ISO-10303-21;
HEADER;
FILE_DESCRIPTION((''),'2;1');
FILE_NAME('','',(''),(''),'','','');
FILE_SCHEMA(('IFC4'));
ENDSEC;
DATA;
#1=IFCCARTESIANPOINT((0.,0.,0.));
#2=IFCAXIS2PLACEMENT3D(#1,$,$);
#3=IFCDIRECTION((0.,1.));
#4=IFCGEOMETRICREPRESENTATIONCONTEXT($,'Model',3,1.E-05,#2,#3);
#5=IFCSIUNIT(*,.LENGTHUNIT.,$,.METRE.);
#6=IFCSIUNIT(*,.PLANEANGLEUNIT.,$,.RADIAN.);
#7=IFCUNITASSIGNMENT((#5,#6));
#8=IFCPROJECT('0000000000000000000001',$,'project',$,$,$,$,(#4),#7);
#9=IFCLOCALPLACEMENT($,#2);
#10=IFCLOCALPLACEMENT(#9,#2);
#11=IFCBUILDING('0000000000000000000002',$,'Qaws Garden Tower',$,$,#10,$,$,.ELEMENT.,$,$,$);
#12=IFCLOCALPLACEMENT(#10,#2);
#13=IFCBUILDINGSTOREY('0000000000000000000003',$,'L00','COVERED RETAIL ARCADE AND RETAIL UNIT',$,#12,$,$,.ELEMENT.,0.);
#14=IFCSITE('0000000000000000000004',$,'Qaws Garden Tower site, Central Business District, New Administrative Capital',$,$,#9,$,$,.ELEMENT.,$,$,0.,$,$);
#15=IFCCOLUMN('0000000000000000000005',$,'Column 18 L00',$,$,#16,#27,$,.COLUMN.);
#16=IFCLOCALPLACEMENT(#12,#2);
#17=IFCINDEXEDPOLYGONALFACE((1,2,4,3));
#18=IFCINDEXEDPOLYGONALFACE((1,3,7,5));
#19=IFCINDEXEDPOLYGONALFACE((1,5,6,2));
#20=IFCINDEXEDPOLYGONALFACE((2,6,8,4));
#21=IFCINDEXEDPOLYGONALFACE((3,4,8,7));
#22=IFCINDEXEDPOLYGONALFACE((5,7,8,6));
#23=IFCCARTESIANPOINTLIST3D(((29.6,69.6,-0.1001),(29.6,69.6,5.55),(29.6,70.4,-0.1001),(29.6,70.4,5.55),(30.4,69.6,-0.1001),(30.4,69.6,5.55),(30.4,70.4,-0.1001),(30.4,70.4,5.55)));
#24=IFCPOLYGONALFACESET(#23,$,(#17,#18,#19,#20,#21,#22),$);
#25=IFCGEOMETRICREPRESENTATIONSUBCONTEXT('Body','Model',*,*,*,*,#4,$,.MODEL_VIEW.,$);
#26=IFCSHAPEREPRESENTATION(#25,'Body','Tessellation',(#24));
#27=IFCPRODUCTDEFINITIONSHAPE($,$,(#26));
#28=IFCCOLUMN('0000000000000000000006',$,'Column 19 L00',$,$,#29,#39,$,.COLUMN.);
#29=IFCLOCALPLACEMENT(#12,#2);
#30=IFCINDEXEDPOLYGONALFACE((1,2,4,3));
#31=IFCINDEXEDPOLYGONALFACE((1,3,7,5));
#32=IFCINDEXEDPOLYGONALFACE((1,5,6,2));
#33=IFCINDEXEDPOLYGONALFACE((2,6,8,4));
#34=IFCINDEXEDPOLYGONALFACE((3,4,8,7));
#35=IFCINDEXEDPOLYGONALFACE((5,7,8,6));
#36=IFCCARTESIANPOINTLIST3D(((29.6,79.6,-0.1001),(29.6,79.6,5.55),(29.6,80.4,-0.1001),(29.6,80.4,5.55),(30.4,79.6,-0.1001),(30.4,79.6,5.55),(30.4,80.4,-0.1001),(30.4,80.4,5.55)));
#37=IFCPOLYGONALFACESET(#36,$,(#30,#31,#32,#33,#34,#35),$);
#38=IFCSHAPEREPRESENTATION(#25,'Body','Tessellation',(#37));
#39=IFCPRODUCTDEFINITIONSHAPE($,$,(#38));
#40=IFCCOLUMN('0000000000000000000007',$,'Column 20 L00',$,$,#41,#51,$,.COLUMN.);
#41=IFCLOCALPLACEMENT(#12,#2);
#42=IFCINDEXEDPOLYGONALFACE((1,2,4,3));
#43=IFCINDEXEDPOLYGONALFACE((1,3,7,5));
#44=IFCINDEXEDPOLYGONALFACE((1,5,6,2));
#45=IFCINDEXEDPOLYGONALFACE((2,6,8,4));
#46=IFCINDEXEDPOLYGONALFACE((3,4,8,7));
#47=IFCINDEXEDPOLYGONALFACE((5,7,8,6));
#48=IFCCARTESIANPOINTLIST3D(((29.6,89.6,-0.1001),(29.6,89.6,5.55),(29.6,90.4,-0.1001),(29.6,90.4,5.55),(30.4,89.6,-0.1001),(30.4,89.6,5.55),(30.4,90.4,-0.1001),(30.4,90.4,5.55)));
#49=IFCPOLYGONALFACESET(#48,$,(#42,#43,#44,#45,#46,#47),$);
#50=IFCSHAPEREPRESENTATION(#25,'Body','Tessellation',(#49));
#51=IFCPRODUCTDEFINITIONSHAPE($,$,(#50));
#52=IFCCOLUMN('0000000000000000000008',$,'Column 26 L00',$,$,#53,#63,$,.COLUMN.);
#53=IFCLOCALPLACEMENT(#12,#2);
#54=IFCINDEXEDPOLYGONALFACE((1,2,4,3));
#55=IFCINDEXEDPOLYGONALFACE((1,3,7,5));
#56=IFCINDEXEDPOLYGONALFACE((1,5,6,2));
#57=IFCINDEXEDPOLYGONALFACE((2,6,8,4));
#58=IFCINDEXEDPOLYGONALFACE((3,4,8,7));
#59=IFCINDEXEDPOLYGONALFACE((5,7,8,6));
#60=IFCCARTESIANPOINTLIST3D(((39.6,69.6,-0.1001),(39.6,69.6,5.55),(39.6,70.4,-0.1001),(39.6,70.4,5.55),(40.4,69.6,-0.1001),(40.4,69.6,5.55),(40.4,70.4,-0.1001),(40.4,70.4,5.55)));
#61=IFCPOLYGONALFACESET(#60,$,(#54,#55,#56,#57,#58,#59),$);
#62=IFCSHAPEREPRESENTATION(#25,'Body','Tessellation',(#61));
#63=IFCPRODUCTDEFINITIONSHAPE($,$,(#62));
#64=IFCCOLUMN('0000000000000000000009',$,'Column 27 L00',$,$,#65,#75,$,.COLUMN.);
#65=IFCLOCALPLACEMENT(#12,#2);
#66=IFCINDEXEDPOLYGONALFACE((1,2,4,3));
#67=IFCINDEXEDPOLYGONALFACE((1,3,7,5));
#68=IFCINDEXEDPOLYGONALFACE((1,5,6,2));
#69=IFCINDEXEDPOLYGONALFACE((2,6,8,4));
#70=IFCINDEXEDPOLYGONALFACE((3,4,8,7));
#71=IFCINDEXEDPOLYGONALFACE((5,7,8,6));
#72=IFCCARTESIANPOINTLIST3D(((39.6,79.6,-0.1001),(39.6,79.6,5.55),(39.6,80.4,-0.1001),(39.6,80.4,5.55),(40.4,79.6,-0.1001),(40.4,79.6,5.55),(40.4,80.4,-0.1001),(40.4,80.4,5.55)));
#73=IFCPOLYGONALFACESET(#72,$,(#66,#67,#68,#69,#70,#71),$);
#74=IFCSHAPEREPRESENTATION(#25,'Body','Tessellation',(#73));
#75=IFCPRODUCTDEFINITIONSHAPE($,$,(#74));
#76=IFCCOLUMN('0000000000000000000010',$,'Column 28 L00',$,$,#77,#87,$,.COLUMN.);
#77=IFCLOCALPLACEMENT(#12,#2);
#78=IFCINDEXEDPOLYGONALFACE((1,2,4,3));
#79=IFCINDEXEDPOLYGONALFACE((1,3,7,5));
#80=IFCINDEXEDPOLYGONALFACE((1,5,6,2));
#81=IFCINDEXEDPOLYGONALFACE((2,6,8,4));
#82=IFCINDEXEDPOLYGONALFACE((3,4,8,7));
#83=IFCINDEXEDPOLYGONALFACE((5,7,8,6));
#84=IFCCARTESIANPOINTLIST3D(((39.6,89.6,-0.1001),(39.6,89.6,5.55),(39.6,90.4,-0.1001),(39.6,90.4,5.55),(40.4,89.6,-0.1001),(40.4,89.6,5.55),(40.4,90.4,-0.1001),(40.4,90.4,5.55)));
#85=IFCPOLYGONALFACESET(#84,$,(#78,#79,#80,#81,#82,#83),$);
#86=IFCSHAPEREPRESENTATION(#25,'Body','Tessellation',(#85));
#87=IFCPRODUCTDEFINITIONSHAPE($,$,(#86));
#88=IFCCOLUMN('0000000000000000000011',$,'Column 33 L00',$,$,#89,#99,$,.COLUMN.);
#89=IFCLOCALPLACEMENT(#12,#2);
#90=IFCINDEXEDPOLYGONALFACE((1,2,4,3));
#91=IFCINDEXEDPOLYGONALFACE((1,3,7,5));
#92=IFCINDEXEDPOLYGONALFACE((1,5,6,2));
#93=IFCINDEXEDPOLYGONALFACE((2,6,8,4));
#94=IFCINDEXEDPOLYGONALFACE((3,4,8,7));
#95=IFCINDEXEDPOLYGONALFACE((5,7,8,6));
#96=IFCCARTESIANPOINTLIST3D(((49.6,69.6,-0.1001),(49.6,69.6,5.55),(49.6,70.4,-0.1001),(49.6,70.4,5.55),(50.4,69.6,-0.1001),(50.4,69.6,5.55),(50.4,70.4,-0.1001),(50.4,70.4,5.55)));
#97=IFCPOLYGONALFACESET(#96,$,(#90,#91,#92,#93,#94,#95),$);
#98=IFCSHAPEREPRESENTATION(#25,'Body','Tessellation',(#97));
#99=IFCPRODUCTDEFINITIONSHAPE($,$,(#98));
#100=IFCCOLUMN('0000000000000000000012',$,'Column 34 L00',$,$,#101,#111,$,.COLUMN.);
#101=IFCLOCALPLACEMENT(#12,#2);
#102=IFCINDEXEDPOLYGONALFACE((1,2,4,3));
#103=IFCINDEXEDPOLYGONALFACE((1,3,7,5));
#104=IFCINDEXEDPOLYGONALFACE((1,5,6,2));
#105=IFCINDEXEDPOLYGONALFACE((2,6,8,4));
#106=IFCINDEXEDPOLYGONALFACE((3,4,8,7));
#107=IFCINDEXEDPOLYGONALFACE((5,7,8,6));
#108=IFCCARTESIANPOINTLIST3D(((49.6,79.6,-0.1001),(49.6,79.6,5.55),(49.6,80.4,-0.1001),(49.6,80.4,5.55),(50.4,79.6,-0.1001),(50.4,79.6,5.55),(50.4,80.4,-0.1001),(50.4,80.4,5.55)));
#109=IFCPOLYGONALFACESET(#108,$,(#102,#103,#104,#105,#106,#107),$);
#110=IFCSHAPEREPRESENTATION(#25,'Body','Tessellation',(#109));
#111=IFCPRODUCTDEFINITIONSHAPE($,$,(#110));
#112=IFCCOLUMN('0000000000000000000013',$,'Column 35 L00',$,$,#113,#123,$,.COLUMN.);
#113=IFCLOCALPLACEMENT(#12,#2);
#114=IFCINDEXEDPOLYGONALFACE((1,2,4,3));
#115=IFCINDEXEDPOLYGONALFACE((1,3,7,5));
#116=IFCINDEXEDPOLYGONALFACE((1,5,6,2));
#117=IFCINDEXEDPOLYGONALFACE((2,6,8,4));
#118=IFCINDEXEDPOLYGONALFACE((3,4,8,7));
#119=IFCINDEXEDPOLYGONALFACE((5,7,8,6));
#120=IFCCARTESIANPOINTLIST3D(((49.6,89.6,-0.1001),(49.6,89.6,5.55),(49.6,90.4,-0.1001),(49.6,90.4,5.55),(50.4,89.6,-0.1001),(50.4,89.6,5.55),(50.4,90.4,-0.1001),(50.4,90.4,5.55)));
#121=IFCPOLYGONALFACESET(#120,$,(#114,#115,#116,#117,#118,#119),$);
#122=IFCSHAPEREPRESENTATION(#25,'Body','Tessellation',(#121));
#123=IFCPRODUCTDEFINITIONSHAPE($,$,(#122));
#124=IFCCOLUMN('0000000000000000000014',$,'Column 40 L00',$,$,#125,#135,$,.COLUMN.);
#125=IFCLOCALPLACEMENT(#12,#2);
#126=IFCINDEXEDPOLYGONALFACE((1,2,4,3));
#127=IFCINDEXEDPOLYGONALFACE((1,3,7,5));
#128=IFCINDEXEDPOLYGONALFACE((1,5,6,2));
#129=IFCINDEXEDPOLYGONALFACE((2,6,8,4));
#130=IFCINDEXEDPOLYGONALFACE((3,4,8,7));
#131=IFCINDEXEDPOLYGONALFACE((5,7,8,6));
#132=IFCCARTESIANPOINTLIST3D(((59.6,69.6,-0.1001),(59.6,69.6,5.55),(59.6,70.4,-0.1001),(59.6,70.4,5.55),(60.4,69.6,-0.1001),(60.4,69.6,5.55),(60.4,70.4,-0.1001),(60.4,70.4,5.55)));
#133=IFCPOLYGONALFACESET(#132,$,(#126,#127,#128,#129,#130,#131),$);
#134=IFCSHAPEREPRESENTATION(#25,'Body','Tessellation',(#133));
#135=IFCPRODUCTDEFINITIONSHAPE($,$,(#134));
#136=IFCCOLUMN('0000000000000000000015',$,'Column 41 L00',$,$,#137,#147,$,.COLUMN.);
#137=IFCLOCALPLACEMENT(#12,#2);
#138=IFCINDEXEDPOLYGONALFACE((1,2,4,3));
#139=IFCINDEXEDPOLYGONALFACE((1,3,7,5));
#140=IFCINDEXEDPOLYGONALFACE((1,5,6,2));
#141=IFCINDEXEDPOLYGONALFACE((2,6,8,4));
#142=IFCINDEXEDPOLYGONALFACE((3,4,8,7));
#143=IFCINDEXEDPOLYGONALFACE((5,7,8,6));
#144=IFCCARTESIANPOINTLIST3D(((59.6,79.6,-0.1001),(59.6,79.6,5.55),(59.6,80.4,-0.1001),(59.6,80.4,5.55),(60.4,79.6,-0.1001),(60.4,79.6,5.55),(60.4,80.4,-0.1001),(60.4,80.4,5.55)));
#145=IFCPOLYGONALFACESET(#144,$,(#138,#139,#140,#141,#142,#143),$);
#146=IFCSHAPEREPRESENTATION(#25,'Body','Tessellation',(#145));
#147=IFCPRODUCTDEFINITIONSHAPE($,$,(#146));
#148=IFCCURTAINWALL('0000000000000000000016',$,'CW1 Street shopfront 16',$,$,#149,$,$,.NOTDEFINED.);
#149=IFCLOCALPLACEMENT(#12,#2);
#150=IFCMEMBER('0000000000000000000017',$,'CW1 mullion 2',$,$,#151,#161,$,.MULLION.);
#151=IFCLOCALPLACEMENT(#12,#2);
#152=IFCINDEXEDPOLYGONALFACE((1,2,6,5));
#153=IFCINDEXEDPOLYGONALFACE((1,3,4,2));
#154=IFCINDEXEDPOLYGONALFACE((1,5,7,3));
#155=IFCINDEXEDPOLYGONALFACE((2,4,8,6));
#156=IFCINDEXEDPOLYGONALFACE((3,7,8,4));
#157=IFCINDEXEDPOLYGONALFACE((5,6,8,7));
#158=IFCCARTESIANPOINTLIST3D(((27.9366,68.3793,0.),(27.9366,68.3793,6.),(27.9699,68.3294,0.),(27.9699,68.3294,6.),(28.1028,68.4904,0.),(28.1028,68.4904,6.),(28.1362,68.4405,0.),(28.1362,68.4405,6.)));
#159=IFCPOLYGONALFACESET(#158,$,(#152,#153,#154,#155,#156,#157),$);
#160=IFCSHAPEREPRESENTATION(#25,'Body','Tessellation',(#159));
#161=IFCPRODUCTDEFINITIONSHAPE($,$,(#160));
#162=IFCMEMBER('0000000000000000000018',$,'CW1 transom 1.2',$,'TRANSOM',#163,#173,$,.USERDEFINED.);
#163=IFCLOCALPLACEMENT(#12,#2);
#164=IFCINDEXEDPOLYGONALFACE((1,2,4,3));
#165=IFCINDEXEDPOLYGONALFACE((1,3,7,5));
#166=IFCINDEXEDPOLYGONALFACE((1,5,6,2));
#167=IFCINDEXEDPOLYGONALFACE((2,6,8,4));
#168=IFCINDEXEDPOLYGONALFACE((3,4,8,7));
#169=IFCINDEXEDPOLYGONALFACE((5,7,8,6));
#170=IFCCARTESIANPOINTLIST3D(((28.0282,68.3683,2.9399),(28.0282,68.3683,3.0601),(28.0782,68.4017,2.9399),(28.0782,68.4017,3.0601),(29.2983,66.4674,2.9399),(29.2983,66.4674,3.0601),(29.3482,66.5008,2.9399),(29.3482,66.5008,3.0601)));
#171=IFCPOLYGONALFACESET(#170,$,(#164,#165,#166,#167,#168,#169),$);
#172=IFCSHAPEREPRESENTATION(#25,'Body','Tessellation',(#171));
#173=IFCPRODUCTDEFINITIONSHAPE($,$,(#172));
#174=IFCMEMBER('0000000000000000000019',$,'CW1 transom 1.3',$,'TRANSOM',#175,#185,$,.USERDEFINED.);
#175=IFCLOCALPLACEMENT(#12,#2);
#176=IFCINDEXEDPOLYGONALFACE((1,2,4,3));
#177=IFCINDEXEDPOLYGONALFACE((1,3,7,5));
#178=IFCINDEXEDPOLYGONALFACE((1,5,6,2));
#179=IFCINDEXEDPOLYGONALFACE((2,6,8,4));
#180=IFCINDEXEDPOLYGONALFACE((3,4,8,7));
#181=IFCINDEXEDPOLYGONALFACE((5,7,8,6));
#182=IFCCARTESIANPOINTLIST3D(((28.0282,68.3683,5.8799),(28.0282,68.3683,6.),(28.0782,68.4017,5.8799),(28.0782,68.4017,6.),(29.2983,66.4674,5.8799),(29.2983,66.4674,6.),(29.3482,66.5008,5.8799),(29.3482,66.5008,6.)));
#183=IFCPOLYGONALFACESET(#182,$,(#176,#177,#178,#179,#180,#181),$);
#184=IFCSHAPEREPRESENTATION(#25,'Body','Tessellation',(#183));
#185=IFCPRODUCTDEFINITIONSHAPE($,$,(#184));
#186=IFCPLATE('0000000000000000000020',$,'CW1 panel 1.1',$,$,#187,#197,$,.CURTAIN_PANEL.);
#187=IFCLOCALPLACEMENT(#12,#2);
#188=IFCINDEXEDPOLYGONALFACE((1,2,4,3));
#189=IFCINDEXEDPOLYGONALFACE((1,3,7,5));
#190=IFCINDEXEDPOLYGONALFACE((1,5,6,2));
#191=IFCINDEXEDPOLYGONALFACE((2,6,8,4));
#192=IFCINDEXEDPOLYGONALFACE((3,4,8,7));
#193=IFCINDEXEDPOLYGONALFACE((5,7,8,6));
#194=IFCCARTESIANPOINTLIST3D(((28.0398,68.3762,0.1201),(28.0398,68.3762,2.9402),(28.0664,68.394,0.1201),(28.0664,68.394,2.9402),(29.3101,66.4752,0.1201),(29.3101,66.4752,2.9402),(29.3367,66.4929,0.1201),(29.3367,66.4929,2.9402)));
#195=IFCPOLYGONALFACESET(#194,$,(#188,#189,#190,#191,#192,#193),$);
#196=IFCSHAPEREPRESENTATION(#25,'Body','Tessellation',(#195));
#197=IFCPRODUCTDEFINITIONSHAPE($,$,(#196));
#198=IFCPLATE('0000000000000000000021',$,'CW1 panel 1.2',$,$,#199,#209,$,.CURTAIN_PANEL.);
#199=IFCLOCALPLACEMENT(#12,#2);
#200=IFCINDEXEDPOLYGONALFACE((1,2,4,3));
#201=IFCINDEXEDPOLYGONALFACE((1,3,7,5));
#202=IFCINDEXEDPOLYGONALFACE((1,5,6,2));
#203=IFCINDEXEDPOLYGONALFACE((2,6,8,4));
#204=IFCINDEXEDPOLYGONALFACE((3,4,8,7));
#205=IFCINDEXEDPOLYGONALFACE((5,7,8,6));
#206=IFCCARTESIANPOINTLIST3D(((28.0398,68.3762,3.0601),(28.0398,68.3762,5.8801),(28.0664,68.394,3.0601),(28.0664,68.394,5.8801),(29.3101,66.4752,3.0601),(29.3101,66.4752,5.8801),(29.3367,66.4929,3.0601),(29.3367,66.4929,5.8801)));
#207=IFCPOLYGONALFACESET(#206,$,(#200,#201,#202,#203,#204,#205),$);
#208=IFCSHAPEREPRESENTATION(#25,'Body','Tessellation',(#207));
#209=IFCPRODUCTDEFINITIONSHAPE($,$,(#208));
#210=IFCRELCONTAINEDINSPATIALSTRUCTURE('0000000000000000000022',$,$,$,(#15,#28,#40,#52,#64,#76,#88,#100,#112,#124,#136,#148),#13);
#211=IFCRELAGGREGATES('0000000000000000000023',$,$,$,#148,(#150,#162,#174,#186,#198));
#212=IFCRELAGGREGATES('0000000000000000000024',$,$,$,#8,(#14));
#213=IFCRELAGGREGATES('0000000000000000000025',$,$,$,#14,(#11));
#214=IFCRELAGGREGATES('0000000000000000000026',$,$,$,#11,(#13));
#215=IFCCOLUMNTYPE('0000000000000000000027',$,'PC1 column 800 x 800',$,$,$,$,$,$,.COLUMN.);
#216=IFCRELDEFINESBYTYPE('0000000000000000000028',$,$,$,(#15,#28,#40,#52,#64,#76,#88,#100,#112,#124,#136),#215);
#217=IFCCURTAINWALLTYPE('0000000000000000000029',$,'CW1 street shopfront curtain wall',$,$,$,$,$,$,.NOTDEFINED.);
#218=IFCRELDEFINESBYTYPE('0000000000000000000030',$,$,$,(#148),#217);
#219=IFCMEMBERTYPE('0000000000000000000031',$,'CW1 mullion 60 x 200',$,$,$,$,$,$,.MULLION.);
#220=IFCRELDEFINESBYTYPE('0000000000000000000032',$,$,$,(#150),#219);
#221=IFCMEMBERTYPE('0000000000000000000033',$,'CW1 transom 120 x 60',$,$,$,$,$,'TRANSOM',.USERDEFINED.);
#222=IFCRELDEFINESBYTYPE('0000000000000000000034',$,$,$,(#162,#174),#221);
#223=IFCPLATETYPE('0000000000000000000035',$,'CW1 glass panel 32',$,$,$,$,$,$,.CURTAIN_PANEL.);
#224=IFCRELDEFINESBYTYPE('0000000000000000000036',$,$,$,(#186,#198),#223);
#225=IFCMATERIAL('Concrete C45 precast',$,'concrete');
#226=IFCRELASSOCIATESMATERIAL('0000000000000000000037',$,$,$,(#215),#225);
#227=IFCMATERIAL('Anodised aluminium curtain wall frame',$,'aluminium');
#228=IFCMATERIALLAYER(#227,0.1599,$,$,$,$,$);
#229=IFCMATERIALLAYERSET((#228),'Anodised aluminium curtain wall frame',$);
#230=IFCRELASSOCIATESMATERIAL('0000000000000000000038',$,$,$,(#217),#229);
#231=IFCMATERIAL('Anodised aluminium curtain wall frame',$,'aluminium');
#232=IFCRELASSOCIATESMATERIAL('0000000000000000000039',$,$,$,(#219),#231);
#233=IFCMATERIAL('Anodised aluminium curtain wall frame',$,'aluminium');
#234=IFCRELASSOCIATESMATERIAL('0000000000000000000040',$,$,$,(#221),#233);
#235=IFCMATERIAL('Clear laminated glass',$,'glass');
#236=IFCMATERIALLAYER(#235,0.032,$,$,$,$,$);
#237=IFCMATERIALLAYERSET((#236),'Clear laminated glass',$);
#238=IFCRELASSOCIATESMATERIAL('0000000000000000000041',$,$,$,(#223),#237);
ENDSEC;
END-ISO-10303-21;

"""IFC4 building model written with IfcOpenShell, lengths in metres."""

from ifc_helpers import new_model, si_unit, direction, frame, origin, origin_2d, place, context, subcontext, project, spatial, rectangle, extrude, material, layer, layer_set, material_profile, profile_set, type_object, element, aggregate, save


model = new_model("IFC4")

# Units and contexts
model_context = context("Model", 3, precision=1e-05, world=origin(), true_north=direction((0.0, 1.0)))
body_context = subcontext(model_context, "Body", "Model", "MODEL_VIEW")
ifc_project = project(units=[si_unit("LENGTHUNIT", "METRE"), si_unit("PLANEANGLEUNIT", "RADIAN")], contexts=[model_context])

# Site, building, storey
site_placement = place(None, origin())
site = spatial("IfcSite", under=ifc_project, at=site_placement, Name="Qaws Garden Tower site, Central Business District, New Administrative Capital", CompositionType="ELEMENT", RefElevation=0.0)
building_placement = place(site_placement, origin())
building = spatial("IfcBuilding", under=site, at=building_placement, Name="Qaws Garden Tower", CompositionType="ELEMENT")
storey_placement = place(building_placement, origin())
storey = spatial("IfcBuildingStorey", under=building, at=storey_placement, Name="L00", Description="COVERED RETAIL ARCADE AND RETAIL UNIT", CompositionType="ELEMENT", Elevation=0.0)

# Columns
ifc_material_1 = material(Name="Concrete C45 precast", Category="concrete")
ifc_material_profile_1 = material_profile(ifc_material_1, rectangle(XDim=0.8, YDim=0.8, at=origin_2d()), Name="PC1 column 800 x 800")
ifc_profile_set_1 = profile_set([ifc_material_profile_1], Name="Concrete C45 precast")
column_type = type_object("IfcColumnType", Name="PC1 column 800 x 800", PredefinedType="COLUMN", material=ifc_profile_set_1)
for number, where, z_axis, x_axis, name in (
    (1, (30.0, 70.0, -0.1001), (0.0, 0.0, 1.0), (1.0, 0.0, 0.0), "Column 18 L00"),
    (2, (30.0, 80.0, -0.1001), (0.0, 0.0, 1.0), (1.0, 0.0, 0.0), "Column 19 L00"),
    (3, (30.0, 90.0, -0.1001), (0.0, 0.0, 1.0), (1.0, 0.0, 0.0), "Column 20 L00"),
    (4, (40.0, 70.0, -0.1001), (0.0, 0.0, 1.0), (1.0, 0.0, 0.0), "Column 26 L00"),
    (5, (40.0, 80.0, -0.1001), (0.0, 0.0, 1.0), (1.0, 0.0, 0.0), "Column 27 L00"),
    (6, (40.0, 90.0, -0.1001), (0.0, 0.0, 1.0), (1.0, 0.0, 0.0), "Column 28 L00"),
    (7, (50.0, 70.0, -0.1001), (0.0, 0.0, 1.0), (1.0, 0.0, 0.0), "Column 33 L00"),
    (8, (50.0, 80.0, -0.1001), (0.0, 0.0, 1.0), (1.0, 0.0, 0.0), "Column 34 L00"),
    (9, (50.0, 90.0, -0.1001), (0.0, 0.0, 1.0), (1.0, 0.0, 0.0), "Column 35 L00"),
    (10, (60.0, 70.0, -0.1001), (0.0, 0.0, 1.0), (1.0, 0.0, 0.0), "Column 40 L00"),
    (11, (60.0, 80.0, -0.1001), (0.0, 0.0, 1.0), (1.0, 0.0, 0.0), "Column 41 L00"),
):
    element("IfcColumn", number, at=place(storey_placement, frame(where, z_axis=z_axis, x_axis=x_axis)), inside=storey, type_object=column_type, Name=name, PredefinedType="COLUMN", context=body_context, shape_type="SweptSolid", body=[
        extrude(rectangle(XDim=0.8, YDim=0.8, at=origin_2d()), origin(), (0.0, 0.0, 1.0), 5.6501),
    ])

# Curtain wall, members, plates
ifc_material_2 = material(Name="Anodised aluminium curtain wall frame", Category="aluminium")
ifc_layer_1 = layer(ifc_material_2, 0.1599)
ifc_layer_set_1 = layer_set([ifc_layer_1], Name="Anodised aluminium curtain wall frame")
curtain_wall_type = type_object("IfcCurtainWallType", Name="CW1 street shopfront curtain wall", PredefinedType="NOTDEFINED", material=ifc_layer_set_1)
curtain_wall_placement = place(storey_placement, origin())
curtain_wall = element("IfcCurtainWall", 12, at=curtain_wall_placement, inside=storey, type_object=curtain_wall_type, Name="CW1 Street shopfront 16", PredefinedType="NOTDEFINED")
ifc_material_3 = material(Name="Anodised aluminium curtain wall frame", Category="aluminium")
ifc_material_profile_2 = material_profile(ifc_material_3, rectangle(XDim=0.2, YDim=0.0601, at=origin_2d()), Name="AL 60x200")
ifc_profile_set_2 = profile_set([ifc_material_profile_2], Name="Anodised aluminium curtain wall frame")
member_type_1 = type_object("IfcMemberType", Name="CW1 mullion 60 x 200", PredefinedType="MULLION", material=ifc_profile_set_2)
member_1_placement = place(storey_placement, frame((28.0364, 68.4099, 0.0), z_axis=(0.0, 0.0, 1.0), x_axis=(-0.83147, -0.55557, 0.0)))
member_1 = element("IfcMember", 13, at=member_1_placement, type_object=member_type_1, Name="CW1 mullion 2", PredefinedType="MULLION", context=body_context, shape_type="SweptSolid", body=[
    extrude(rectangle(XDim=0.2, YDim=0.0601, at=origin_2d()), origin(), (0.0, 0.0, 1.0), 6.0),
])
ifc_material_4 = material(Name="Anodised aluminium curtain wall frame", Category="aluminium")
ifc_material_profile_3 = material_profile(ifc_material_4, rectangle(XDim=0.0601, YDim=0.1201, at=origin_2d()), Name="AL 60x120")
ifc_profile_set_3 = profile_set([ifc_material_profile_3], Name="Anodised aluminium curtain wall frame")
member_type_2 = type_object("IfcMemberType", Name="CW1 transom 120 x 60", ElementType="TRANSOM", PredefinedType="USERDEFINED", material=ifc_profile_set_3)
member_2_placement = place(storey_placement, frame((29.3232, 66.4841, 3.0), z_axis=(-0.555538, 0.831491, 0.0), x_axis=(-0.831491, -0.555538, 0.0)))
member_2 = element("IfcMember", 14, at=member_2_placement, type_object=member_type_2, Name="CW1 transom 1.2", ObjectType="TRANSOM", PredefinedType="USERDEFINED", context=body_context, shape_type="SweptSolid", body=[
    extrude(rectangle(XDim=0.0601, YDim=0.1201, at=origin_2d()), origin(), (0.0, 0.0, 1.0), 2.2861),
])
member_3_placement = place(storey_placement, frame((29.3232, 66.4841, 5.9399), z_axis=(-0.555538, 0.831491, 0.0), x_axis=(-0.831491, -0.555538, 0.0)))
member_3 = element("IfcMember", 15, at=member_3_placement, type_object=member_type_2, Name="CW1 transom 1.3", ObjectType="TRANSOM", PredefinedType="USERDEFINED", context=body_context, shape_type="SweptSolid", body=[
    extrude(rectangle(XDim=0.0601, YDim=0.1201, at=origin_2d()), origin(), (0.0, 0.0, 1.0), 2.2861),
])
ifc_material_5 = material(Name="Clear laminated glass", Category="glass")
ifc_layer_2 = layer(ifc_material_5, 0.032)
ifc_layer_set_2 = layer_set([ifc_layer_2], Name="Clear laminated glass")
plate_type = type_object("IfcPlateType", Name="CW1 glass panel 32", PredefinedType="CURTAIN_PANEL", material=ifc_layer_set_2)
plate_1_placement = place(storey_placement, frame((28.6882, 67.4346, 0.1201), z_axis=(0.0, 0.0, 1.0), x_axis=(-0.55557, 0.83147, 0.0)))
plate_1 = element("IfcPlate", 16, at=plate_1_placement, type_object=plate_type, Name="CW1 panel 1.1", PredefinedType="CURTAIN_PANEL", context=body_context, shape_type="SweptSolid", body=[
    extrude(rectangle(XDim=2.2864, YDim=0.032, at=origin_2d()), origin(), (0.0, 0.0, 1.0), 2.8201),
])
plate_2_placement = place(storey_placement, frame((28.6882, 67.4346, 3.0601), z_axis=(0.0, 0.0, 1.0), x_axis=(-0.55557, 0.83147, 0.0)))
plate_2 = element("IfcPlate", 17, at=plate_2_placement, type_object=plate_type, Name="CW1 panel 1.2", PredefinedType="CURTAIN_PANEL", context=body_context, shape_type="SweptSolid", body=[
    extrude(rectangle(XDim=2.2864, YDim=0.032, at=origin_2d()), origin(), (0.0, 0.0, 1.0), 2.8201),
])
aggregate(curtain_wall, [member_1, member_2, member_3, plate_1, plate_2])

save(model, "model.ifc")
